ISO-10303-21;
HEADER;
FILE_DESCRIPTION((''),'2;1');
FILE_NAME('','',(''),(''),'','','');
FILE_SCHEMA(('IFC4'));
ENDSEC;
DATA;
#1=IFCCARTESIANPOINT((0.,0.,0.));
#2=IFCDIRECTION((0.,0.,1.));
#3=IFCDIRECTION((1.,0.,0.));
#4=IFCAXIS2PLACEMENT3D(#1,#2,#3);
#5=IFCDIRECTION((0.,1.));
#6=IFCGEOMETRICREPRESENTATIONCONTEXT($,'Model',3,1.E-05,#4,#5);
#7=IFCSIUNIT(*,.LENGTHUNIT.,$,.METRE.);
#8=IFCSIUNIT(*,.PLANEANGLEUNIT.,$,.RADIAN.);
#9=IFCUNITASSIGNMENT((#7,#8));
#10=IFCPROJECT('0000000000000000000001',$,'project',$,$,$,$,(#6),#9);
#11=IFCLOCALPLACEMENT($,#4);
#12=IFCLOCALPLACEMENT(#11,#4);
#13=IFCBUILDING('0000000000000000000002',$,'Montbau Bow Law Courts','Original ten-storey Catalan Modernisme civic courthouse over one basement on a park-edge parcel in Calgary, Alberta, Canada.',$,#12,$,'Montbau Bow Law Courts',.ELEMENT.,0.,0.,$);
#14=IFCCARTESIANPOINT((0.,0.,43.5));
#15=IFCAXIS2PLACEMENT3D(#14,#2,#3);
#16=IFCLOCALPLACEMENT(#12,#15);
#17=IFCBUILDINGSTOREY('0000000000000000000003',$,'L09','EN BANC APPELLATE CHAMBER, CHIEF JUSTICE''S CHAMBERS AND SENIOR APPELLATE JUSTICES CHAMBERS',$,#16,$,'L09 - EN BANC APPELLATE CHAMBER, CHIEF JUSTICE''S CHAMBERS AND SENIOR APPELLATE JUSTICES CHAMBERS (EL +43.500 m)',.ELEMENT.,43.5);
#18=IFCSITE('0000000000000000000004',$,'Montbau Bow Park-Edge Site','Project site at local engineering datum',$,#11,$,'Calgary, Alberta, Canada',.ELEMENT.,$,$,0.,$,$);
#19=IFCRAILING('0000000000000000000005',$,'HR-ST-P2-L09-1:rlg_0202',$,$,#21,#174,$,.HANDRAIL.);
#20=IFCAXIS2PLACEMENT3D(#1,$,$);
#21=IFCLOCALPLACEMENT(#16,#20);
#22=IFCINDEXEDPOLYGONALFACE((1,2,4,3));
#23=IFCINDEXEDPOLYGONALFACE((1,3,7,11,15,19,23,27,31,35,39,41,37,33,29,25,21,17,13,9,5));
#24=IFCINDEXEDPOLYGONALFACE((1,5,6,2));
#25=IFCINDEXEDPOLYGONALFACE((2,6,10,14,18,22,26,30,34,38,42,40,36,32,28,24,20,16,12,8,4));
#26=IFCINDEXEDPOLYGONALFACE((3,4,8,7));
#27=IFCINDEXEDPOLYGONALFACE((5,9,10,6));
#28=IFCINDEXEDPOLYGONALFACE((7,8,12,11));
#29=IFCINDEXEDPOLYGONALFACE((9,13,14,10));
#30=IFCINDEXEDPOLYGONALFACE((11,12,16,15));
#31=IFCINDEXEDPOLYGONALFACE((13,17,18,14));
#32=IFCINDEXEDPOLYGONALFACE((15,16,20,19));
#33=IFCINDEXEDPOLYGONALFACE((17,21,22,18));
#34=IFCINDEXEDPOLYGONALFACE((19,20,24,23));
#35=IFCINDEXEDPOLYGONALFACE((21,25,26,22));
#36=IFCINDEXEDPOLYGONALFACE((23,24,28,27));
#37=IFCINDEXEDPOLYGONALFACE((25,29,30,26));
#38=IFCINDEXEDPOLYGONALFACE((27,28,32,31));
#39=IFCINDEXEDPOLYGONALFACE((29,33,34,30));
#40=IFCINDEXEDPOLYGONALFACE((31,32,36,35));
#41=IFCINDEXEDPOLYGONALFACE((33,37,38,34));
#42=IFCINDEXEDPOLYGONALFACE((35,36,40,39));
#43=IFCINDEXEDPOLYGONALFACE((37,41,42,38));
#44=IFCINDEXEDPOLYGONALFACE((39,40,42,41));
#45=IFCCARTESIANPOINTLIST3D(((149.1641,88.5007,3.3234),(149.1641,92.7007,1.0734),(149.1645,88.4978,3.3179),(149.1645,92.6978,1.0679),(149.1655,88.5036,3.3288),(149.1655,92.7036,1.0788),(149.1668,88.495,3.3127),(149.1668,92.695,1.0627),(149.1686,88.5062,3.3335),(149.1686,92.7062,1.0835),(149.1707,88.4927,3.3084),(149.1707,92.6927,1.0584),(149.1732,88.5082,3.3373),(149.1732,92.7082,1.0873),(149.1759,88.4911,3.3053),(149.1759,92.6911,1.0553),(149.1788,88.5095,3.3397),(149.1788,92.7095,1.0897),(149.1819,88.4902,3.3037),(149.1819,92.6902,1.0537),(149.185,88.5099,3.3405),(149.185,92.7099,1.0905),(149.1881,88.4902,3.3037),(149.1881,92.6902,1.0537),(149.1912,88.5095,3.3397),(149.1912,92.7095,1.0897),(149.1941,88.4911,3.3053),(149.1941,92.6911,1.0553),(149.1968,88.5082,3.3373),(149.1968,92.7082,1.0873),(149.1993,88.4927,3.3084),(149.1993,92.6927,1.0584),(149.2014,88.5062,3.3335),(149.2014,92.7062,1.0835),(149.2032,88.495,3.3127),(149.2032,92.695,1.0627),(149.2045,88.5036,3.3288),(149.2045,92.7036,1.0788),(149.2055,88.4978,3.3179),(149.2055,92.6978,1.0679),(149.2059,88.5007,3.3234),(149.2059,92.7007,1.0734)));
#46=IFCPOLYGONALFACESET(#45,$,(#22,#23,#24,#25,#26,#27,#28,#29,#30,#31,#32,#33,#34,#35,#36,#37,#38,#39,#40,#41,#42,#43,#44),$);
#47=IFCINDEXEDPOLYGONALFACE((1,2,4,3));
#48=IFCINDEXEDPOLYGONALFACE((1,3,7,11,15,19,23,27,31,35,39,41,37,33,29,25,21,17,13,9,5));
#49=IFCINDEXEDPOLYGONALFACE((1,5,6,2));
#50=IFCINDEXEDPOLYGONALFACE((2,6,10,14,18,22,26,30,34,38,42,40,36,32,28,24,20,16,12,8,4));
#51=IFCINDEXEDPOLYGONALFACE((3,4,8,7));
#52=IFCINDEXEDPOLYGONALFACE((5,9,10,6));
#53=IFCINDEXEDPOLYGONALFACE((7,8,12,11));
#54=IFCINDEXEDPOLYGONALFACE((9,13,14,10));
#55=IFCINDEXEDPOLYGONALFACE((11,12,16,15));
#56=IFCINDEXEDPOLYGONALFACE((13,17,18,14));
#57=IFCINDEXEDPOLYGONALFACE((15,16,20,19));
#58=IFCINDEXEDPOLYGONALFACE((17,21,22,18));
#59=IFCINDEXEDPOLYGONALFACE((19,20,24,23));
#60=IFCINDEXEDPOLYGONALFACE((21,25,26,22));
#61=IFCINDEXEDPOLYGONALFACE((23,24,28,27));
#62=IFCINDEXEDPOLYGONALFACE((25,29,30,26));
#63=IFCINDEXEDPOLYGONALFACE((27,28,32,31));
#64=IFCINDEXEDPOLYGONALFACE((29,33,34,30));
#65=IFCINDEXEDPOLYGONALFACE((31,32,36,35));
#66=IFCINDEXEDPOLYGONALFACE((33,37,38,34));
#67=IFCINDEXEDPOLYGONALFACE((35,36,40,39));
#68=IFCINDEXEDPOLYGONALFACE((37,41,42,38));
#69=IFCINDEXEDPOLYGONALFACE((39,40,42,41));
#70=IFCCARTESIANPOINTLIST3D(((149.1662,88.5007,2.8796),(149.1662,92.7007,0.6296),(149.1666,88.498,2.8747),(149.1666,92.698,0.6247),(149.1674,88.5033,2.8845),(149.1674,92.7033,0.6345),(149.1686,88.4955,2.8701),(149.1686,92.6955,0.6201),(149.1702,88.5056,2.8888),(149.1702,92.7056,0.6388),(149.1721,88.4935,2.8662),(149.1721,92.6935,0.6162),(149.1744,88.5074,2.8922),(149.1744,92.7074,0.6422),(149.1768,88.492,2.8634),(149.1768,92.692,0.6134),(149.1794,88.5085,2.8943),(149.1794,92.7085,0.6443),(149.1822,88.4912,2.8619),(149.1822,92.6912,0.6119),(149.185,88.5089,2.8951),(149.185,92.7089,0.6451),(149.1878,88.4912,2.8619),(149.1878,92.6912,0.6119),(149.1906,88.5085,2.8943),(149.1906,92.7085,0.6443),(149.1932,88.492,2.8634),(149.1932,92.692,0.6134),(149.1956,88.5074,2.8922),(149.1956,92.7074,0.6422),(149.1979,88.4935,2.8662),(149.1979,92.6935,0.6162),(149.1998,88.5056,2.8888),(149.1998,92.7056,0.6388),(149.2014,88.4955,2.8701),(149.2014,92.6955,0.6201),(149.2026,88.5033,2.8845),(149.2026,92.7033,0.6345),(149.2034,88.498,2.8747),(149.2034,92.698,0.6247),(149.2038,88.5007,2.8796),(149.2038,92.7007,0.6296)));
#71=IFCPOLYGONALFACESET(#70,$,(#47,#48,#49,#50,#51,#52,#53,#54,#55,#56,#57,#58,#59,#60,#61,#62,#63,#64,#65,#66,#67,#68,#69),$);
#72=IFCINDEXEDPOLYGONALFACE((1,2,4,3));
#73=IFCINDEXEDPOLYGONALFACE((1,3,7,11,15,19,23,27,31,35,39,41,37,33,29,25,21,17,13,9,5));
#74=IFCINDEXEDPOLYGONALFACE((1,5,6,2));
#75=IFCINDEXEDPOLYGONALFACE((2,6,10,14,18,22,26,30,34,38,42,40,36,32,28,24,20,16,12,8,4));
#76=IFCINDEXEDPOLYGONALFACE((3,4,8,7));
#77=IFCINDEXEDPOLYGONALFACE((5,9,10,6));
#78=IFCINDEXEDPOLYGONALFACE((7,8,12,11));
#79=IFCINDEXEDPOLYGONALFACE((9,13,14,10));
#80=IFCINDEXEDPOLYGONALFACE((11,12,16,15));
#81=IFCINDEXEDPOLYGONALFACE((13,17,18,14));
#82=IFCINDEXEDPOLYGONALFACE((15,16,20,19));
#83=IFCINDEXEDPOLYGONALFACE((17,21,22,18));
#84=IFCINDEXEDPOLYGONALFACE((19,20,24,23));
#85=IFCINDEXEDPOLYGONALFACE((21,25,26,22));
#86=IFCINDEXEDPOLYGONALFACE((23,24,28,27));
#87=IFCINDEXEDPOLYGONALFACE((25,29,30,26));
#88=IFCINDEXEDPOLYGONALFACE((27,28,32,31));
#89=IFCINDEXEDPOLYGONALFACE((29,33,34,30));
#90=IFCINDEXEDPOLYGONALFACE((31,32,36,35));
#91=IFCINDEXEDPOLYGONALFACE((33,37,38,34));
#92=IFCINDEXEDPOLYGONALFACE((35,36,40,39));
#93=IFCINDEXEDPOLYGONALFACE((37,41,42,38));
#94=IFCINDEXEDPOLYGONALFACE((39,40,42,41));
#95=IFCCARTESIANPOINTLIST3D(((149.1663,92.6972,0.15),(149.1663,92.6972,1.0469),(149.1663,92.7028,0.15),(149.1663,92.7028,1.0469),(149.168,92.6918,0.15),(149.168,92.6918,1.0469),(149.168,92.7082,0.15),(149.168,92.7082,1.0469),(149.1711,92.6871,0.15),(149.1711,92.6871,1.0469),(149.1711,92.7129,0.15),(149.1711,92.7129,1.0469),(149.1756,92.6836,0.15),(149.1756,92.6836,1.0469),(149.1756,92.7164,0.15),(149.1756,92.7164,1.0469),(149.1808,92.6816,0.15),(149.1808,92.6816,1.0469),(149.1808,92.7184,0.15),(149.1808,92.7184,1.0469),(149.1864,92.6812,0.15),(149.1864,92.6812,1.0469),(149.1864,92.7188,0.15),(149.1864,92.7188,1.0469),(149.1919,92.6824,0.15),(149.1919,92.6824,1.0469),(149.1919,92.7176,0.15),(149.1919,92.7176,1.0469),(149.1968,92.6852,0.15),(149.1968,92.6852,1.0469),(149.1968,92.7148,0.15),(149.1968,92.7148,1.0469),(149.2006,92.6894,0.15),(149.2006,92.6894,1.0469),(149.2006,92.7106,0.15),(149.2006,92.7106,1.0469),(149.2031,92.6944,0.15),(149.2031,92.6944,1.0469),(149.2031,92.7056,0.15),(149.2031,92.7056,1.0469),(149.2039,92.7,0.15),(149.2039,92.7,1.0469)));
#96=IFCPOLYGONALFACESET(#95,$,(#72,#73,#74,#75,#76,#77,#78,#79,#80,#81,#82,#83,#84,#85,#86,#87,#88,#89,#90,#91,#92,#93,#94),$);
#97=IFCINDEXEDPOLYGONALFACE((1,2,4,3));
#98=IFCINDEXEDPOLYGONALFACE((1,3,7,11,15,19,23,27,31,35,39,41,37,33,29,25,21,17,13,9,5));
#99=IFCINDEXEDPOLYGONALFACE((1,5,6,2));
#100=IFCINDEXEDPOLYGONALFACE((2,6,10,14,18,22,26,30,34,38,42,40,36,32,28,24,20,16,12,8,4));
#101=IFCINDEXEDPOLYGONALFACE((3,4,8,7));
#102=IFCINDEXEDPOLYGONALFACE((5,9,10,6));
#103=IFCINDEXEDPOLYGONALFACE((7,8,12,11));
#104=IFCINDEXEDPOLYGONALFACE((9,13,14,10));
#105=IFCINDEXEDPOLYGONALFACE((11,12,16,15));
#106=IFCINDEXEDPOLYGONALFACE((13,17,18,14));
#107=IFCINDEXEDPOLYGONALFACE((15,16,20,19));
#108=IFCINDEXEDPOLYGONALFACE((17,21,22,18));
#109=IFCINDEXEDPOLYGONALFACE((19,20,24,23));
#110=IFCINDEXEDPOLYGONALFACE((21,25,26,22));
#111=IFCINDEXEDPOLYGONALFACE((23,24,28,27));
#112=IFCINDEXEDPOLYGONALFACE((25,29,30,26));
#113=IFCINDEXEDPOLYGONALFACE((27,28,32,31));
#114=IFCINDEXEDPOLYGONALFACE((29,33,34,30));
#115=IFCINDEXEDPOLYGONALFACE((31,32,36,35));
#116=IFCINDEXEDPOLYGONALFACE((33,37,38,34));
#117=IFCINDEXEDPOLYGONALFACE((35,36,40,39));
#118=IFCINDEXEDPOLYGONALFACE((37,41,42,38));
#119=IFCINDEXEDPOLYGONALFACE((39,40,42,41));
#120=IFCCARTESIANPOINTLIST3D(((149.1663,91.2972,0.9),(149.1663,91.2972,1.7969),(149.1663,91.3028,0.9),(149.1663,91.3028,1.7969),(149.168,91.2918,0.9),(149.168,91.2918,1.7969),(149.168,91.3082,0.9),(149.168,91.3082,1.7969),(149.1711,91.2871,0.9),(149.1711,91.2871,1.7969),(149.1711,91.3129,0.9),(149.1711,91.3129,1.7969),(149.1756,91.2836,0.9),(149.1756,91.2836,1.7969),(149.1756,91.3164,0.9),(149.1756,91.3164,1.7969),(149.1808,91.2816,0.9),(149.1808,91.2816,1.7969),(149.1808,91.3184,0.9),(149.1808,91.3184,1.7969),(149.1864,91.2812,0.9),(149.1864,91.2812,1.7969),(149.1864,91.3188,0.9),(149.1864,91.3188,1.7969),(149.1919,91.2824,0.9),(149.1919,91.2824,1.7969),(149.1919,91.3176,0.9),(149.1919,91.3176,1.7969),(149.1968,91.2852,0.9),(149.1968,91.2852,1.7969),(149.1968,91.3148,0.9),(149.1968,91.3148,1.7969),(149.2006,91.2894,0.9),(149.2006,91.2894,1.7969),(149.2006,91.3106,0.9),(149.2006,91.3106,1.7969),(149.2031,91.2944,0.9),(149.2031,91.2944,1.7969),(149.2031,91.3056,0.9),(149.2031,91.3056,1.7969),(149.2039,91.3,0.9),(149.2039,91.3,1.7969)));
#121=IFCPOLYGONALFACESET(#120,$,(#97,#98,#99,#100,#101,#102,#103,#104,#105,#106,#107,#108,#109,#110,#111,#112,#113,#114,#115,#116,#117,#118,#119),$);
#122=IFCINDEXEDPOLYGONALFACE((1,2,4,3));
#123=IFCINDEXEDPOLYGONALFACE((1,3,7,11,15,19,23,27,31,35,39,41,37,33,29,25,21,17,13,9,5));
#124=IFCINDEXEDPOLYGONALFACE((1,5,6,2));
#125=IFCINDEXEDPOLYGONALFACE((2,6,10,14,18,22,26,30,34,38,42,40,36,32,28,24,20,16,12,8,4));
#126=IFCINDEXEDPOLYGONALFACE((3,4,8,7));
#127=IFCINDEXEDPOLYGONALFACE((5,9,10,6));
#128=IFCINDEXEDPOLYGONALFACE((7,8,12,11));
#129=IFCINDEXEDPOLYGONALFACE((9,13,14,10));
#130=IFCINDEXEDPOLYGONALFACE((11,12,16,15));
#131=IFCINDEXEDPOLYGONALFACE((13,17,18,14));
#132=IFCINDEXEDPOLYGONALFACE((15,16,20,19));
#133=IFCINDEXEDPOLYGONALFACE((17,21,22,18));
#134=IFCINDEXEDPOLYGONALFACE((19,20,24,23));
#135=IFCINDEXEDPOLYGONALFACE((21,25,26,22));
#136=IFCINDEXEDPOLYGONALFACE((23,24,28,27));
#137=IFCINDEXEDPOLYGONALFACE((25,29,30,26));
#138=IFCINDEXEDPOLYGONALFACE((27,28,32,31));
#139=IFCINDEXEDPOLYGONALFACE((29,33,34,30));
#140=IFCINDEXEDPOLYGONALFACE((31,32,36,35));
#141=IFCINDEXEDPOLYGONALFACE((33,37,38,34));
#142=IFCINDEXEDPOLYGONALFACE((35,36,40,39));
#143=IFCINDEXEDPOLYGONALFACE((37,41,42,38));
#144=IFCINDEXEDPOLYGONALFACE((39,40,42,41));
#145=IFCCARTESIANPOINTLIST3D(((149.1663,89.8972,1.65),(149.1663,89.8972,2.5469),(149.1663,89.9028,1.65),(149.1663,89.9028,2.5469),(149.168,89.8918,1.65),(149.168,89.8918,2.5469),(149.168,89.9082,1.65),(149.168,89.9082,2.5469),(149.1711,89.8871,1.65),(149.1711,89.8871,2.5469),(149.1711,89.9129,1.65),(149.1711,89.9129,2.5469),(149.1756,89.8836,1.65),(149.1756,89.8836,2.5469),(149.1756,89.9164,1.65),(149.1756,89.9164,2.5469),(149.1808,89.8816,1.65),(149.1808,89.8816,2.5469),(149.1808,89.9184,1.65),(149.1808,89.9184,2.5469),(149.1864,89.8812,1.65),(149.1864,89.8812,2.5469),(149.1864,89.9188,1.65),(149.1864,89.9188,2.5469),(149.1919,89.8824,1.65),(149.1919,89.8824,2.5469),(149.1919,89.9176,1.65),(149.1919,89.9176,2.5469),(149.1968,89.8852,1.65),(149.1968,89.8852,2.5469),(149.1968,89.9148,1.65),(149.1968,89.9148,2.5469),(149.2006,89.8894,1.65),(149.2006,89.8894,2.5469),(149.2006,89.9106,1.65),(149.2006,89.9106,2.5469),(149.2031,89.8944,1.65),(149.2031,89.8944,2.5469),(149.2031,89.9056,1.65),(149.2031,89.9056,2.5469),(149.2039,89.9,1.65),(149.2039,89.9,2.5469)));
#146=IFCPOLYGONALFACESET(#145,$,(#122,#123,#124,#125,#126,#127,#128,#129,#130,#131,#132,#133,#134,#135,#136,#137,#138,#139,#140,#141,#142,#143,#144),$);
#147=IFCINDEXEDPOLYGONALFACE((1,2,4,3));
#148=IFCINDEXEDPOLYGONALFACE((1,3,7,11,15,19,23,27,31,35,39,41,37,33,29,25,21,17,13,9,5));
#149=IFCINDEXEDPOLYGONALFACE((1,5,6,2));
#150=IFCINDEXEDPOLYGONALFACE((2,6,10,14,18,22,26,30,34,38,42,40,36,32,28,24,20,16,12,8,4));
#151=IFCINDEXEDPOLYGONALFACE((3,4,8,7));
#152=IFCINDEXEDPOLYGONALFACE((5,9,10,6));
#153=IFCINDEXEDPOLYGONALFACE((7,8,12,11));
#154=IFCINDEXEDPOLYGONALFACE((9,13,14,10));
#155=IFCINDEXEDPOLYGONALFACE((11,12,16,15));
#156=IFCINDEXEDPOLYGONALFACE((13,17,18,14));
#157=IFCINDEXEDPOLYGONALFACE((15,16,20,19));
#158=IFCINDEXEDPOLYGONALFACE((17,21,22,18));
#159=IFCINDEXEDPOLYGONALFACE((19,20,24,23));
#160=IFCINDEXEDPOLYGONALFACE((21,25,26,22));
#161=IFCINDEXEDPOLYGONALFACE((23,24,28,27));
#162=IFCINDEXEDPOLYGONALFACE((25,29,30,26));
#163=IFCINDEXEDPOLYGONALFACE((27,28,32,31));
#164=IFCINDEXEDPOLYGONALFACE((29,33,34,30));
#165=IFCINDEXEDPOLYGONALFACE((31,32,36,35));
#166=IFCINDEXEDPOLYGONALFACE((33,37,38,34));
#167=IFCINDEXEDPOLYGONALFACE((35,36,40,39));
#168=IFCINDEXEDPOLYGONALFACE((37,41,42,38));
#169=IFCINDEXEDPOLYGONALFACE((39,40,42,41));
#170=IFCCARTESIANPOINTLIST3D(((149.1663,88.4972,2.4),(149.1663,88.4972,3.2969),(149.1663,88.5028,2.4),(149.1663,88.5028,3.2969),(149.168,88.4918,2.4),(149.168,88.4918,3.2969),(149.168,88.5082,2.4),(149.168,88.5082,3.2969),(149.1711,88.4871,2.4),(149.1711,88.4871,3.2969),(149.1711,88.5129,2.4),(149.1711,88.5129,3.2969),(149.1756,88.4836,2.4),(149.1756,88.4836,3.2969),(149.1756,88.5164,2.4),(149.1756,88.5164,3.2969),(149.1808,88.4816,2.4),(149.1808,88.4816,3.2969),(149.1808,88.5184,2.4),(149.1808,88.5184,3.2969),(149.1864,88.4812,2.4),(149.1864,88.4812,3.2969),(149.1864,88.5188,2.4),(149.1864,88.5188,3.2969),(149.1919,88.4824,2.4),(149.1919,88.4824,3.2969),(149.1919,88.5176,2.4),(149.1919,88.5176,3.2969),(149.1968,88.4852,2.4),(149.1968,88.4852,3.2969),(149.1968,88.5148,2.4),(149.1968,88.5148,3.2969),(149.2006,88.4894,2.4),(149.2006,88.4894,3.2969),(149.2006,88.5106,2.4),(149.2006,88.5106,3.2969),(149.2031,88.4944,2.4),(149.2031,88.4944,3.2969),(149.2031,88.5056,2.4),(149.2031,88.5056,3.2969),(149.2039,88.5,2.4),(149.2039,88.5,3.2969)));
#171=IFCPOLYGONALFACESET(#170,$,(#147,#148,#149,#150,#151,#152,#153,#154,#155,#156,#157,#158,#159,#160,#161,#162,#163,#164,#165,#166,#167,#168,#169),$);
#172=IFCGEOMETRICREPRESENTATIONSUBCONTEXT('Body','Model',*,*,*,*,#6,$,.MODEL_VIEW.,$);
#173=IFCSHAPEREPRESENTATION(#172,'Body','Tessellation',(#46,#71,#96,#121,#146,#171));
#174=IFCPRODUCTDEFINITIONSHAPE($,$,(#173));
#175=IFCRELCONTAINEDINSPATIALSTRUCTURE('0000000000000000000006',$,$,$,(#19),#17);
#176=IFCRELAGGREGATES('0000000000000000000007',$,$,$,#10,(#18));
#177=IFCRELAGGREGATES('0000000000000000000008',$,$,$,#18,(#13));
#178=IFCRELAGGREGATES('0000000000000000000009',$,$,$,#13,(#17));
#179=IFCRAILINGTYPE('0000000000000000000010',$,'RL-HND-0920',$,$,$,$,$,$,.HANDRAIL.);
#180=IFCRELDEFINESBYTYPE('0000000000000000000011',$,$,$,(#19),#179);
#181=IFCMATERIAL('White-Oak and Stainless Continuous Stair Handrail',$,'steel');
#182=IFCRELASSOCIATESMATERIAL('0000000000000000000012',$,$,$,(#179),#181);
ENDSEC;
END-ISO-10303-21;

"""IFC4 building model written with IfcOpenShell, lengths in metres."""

from ifc_helpers import new_model, si_unit, direction, frame, origin_with_axes, origin_2d_with_axis, place, context, subcontext, project, spatial, circle, extrude, material, type_object, element, save


model = new_model("IFC4")

# Units and contexts
model_context = context("Model", 3, precision=1e-05, world=origin_with_axes(), true_north=direction((0.0, 1.0)))
body_context = subcontext(model_context, "Body", "Model", "MODEL_VIEW")
ifc_project = project(units=[si_unit("LENGTHUNIT", "METRE"), si_unit("PLANEANGLEUNIT", "RADIAN")], contexts=[model_context])

# Site, building, storey
site_placement = place(None, origin_with_axes())
site = spatial("IfcSite", under=ifc_project, at=site_placement, Name="Montbau Bow Park-Edge Site", Description="Project site at local engineering datum", LongName="Calgary, Alberta, Canada", CompositionType="ELEMENT", RefElevation=0.0)
building_placement = place(site_placement, origin_with_axes())
building = spatial("IfcBuilding", under=site, at=building_placement, Name="Montbau Bow Law Courts", Description="Original ten-storey Catalan Modernisme civic courthouse over one basement on a park-edge parcel in Calgary, Alberta, Canada.", LongName="Montbau Bow Law Courts", CompositionType="ELEMENT", ElevationOfRefHeight=0.0, ElevationOfTerrain=0.0)
storey_placement = place(building_placement, frame((0.0, 0.0, 43.5), z_axis=(0.0, 0.0, 1.0), x_axis=(1.0, 0.0, 0.0)))
storey = spatial("IfcBuildingStorey", under=building, at=storey_placement, Name="L09", Description="EN BANC APPELLATE CHAMBER, CHIEF JUSTICE'S CHAMBERS AND SENIOR APPELLATE JUSTICES CHAMBERS", LongName="L09 - EN BANC APPELLATE CHAMBER, CHIEF JUSTICE'S CHAMBERS AND SENIOR APPELLATE JUSTICES CHAMBERS (EL +43.500 m)", CompositionType="ELEMENT", Elevation=43.5)

# Railing
ifc_material_1 = material(Name="White-Oak and Stainless Continuous Stair Handrail", Category="steel")
railing_type_1 = type_object("IfcRailingType", Name="RL-HND-0920", PredefinedType="HANDRAIL", material=ifc_material_1)
railing_1_placement = place(None, origin_with_axes())
element("IfcRailing", 1, at=railing_1_placement, inside=storey, type_object=railing_type_1, Name="HR-ST-P2-L09-1:rlg_0202", PredefinedType="HANDRAIL", context=body_context, shape_type="SweptSolid", body=[
    extrude(circle(Radius=0.021, at=origin_2d_with_axis()), frame((149.185, 92.7, 44.572), z_axis=(0.0, -0.88148, 0.472221), x_axis=(0.0, 0.472221, 0.88148)), (0.0, 0.0, 1.0), 4.7647),
    extrude(circle(Radius=0.0189, at=origin_2d_with_axis()), frame((149.185, 92.7, 44.1284), z_axis=(0.0, -0.88148, 0.472221), x_axis=(0.0, 0.472221, 0.88148)), (0.0, 0.0, 1.0), 4.7647),
    extrude(circle(Radius=0.0189, at=origin_2d_with_axis()), frame((149.185, 92.7, 43.65), z_axis=(0.0, 0.0, 1.0), x_axis=(1.0, 0.0, 0.0)), (0.0, 0.0, 1.0), 0.8969),
    extrude(circle(Radius=0.0189, at=origin_2d_with_axis()), frame((149.185, 91.3, 44.4), z_axis=(0.0, 0.0, 1.0), x_axis=(1.0, 0.0, 0.0)), (0.0, 0.0, 1.0), 0.8969),
    extrude(circle(Radius=0.0189, at=origin_2d_with_axis()), frame((149.185, 89.9, 45.15), z_axis=(0.0, 0.0, 1.0), x_axis=(1.0, 0.0, 0.0)), (0.0, 0.0, 1.0), 0.8969),
    extrude(circle(Radius=0.0189, at=origin_2d_with_axis()), frame((149.185, 88.5, 45.9), z_axis=(0.0, 0.0, 1.0), x_axis=(1.0, 0.0, 0.0)), (0.0, 0.0, 1.0), 0.8969),
])

save(model, "model.ifc")
